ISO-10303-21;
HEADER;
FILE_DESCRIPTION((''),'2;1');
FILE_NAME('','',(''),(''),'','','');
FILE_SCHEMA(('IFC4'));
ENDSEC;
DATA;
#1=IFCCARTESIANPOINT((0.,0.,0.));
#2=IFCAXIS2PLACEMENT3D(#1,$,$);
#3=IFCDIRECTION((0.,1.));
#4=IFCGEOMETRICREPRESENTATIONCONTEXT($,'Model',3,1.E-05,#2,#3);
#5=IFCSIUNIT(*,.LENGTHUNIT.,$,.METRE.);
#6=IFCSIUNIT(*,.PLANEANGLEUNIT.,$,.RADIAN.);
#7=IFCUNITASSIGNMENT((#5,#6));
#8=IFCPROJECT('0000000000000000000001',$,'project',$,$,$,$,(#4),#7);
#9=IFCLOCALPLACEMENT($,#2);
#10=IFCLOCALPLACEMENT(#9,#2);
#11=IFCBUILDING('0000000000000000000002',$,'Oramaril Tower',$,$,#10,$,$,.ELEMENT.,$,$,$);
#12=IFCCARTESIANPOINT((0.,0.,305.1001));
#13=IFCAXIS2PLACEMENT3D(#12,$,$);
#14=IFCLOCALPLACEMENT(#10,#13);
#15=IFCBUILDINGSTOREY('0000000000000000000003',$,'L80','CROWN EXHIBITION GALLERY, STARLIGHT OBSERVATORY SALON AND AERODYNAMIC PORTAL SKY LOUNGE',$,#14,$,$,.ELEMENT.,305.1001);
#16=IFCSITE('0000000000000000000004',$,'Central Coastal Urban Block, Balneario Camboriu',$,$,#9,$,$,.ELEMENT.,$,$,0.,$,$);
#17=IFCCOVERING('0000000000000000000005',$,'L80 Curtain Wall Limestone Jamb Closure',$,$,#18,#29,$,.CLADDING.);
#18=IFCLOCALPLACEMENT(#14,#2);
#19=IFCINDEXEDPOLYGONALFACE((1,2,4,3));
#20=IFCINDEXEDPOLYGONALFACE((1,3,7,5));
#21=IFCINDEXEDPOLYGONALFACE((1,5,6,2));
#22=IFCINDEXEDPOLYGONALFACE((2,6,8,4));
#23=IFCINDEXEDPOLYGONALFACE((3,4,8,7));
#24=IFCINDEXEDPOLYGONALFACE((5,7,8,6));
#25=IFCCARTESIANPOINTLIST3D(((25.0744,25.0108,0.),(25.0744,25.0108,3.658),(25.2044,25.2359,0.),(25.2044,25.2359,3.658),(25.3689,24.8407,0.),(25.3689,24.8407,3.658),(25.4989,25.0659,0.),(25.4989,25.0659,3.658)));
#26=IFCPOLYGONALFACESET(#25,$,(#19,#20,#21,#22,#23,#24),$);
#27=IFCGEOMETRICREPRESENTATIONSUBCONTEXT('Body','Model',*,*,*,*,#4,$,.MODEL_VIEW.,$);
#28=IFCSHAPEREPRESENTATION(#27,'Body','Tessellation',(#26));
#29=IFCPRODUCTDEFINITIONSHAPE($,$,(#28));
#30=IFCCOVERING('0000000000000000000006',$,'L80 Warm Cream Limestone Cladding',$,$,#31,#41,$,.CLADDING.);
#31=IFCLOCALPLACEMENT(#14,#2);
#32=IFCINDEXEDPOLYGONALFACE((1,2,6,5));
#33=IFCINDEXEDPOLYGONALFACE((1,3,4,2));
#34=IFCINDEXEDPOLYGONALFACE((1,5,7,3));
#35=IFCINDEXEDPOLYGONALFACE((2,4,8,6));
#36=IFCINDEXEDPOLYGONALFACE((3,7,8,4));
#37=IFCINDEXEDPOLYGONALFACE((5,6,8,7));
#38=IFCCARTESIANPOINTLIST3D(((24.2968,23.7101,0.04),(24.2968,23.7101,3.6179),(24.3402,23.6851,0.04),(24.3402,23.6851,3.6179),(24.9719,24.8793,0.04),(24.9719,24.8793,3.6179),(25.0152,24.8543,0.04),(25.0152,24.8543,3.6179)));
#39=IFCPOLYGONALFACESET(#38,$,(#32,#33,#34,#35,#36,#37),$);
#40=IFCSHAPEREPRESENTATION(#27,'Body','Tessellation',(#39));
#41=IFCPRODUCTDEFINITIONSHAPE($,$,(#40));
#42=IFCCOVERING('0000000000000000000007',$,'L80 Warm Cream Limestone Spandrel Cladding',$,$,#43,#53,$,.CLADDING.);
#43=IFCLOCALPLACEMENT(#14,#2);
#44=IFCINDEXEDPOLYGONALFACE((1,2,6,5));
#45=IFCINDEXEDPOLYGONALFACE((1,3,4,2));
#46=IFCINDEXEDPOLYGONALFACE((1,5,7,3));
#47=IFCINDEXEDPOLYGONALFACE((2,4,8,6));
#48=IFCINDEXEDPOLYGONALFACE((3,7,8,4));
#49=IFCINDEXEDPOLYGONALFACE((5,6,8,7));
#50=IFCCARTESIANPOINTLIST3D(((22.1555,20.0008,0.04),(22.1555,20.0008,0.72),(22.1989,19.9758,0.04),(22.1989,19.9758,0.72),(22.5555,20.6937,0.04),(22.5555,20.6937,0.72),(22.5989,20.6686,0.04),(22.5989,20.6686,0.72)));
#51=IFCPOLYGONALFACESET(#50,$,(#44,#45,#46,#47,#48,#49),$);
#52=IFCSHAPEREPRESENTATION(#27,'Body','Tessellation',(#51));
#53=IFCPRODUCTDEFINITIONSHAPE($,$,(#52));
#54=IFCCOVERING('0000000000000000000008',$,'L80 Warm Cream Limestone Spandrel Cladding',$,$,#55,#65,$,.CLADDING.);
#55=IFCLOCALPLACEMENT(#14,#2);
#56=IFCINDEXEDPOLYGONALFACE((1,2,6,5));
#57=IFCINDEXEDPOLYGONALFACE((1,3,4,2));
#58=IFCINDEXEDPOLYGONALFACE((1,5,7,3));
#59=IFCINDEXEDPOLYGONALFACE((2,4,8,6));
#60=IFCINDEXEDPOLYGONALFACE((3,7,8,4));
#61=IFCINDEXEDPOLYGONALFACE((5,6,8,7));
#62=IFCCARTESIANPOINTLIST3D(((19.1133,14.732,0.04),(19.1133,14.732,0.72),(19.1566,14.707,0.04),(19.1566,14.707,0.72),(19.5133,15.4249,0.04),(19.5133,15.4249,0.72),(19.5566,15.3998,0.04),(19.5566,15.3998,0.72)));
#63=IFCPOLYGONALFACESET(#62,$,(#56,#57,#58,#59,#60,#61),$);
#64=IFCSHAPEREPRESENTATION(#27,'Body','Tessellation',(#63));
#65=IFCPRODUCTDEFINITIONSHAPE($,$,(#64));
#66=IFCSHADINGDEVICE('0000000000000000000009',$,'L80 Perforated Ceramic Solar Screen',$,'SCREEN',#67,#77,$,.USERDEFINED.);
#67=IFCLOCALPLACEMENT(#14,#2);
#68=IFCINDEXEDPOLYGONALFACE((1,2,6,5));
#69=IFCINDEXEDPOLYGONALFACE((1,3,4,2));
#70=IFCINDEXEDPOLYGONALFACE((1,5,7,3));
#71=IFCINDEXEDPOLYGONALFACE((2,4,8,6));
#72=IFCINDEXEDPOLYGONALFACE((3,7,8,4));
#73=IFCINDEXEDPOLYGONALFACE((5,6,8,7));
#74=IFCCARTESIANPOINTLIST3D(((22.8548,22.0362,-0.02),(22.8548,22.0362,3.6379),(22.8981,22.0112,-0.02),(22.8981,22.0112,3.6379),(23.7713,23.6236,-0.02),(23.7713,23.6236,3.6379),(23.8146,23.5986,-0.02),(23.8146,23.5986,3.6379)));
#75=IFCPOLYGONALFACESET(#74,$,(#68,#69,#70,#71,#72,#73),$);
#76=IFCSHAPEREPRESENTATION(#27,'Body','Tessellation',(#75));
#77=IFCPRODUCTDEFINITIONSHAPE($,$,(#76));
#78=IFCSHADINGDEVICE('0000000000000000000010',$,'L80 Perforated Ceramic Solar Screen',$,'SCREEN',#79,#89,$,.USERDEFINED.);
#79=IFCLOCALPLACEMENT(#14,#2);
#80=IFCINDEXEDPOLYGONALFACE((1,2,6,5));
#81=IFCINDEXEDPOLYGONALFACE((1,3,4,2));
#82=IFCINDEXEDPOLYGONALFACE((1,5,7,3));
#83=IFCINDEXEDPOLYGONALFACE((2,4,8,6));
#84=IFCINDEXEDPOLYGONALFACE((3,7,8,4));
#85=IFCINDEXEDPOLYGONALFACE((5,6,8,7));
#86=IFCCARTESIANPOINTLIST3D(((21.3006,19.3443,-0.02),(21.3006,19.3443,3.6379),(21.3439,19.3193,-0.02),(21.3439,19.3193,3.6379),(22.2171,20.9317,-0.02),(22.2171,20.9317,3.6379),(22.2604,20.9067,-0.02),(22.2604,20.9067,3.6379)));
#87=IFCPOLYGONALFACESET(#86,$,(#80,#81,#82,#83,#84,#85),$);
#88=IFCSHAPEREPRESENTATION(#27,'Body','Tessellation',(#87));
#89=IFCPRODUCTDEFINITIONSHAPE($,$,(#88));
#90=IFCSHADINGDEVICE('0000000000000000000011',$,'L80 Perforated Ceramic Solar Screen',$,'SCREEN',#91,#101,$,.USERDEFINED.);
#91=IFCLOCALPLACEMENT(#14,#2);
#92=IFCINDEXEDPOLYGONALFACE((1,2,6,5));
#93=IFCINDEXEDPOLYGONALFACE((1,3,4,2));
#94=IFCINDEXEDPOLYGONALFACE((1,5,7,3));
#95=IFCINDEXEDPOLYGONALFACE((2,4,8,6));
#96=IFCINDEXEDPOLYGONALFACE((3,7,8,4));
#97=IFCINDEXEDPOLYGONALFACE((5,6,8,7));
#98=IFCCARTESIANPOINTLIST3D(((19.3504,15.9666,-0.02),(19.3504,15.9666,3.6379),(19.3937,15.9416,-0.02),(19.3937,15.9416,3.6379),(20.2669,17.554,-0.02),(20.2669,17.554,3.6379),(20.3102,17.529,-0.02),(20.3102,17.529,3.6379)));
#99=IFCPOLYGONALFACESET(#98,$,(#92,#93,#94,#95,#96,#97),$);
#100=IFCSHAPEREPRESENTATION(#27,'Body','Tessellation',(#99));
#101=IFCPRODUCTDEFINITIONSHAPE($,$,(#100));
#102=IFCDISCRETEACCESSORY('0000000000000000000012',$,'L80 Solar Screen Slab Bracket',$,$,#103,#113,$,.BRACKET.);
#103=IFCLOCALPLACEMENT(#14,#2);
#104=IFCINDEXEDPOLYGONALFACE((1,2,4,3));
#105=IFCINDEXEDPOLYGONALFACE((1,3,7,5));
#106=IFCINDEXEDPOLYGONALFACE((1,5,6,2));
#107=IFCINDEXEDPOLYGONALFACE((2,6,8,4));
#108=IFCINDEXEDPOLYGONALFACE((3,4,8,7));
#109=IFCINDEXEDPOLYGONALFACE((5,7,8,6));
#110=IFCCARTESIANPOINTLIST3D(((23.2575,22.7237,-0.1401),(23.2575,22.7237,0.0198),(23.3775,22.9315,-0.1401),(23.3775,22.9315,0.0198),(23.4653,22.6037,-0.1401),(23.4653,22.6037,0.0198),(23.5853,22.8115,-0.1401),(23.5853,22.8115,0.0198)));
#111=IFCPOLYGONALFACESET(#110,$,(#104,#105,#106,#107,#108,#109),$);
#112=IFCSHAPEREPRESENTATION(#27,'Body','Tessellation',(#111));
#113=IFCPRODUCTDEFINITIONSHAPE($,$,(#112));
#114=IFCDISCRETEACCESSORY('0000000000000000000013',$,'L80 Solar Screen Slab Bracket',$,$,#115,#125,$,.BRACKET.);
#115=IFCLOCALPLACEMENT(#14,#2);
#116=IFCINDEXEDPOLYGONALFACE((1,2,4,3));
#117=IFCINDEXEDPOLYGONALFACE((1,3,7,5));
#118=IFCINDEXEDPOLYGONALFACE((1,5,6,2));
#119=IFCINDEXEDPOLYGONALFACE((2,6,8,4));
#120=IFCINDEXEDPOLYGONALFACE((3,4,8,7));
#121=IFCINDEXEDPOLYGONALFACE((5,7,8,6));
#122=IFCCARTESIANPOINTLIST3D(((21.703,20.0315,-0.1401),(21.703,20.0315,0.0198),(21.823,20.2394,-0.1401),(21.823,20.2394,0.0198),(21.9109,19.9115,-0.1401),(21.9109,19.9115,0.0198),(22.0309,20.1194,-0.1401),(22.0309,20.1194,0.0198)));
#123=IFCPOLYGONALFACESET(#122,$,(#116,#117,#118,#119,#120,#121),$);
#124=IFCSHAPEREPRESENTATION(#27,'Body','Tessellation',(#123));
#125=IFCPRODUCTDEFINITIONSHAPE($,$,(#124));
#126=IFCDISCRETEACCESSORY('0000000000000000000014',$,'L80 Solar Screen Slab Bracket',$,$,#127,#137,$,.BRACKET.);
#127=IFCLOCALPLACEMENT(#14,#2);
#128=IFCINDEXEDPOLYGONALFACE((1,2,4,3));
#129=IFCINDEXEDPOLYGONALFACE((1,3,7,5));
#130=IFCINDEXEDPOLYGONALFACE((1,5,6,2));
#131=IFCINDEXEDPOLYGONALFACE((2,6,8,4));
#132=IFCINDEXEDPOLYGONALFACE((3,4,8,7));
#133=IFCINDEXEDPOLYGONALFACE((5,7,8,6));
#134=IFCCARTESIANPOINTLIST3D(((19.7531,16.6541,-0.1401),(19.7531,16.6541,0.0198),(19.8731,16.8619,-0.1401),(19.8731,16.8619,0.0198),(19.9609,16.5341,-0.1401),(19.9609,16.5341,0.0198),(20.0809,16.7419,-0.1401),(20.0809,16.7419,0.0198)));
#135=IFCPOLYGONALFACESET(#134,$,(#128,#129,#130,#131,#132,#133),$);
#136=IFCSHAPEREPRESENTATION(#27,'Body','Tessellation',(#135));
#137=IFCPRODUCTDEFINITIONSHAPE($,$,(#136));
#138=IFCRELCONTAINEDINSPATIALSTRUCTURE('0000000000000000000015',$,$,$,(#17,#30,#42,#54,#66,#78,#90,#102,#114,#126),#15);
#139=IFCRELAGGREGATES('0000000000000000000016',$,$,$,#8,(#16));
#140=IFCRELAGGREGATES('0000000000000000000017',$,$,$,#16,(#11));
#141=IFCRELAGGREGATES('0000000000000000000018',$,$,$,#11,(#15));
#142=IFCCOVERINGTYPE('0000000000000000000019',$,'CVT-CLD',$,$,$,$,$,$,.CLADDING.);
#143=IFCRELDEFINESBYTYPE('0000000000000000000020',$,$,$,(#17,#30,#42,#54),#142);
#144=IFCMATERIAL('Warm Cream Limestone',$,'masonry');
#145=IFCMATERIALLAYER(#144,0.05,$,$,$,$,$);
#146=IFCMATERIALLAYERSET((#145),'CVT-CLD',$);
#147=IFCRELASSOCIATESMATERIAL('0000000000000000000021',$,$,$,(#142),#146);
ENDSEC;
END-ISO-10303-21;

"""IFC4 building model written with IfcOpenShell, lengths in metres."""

from ifc_helpers import new_model, si_unit, direction, frame, origin, origin_2d, place, context, subcontext, project, spatial, rectangle, extrude, material, layer, layer_set, type_object, element, save


model = new_model("IFC4")

# Units and contexts
model_context = context("Model", 3, precision=1e-05, world=origin(), true_north=direction((0.0, 1.0)))
body_context = subcontext(model_context, "Body", "Model", "MODEL_VIEW")
ifc_project = project(units=[si_unit("LENGTHUNIT", "METRE"), si_unit("PLANEANGLEUNIT", "RADIAN")], contexts=[model_context])

# Site, building, storey
site_placement = place(None, origin())
site = spatial("IfcSite", under=ifc_project, at=site_placement, Name="Central Coastal Urban Block, Balneario Camboriu", CompositionType="ELEMENT", RefElevation=0.0)
building_placement = place(site_placement, origin())
building = spatial("IfcBuilding", under=site, at=building_placement, Name="Oramaril Tower", CompositionType="ELEMENT")
storey_placement = place(building_placement, frame((0.0, 0.0, 305.1001)))
storey = spatial("IfcBuildingStorey", under=building, at=storey_placement, Name="L80", Description="CROWN EXHIBITION GALLERY, STARLIGHT OBSERVATORY SALON AND AERODYNAMIC PORTAL SKY LOUNGE", CompositionType="ELEMENT", Elevation=305.1001)

# Coverings
ifc_material_1 = material(Name="Warm Cream Limestone", Category="masonry")
ifc_layer_1 = layer(ifc_material_1, 0.05)
ifc_layer_set_1 = layer_set([ifc_layer_1], Name="CVT-CLD")
covering_type = type_object("IfcCoveringType", Name="CVT-CLD", PredefinedType="CLADDING", material=ifc_layer_set_1)
covering_1_placement = place(storey_placement, frame((25.2866, 25.0383, 0.0), z_axis=(0.0, 0.0, 1.0), x_axis=(-0.5, -0.866025, 0.0)))
element("IfcCovering", 1, at=covering_1_placement, inside=storey, type_object=covering_type, Name="L80 Curtain Wall Limestone Jamb Closure", PredefinedType="CLADDING", context=body_context, shape_type="SweptSolid", body=[
    extrude(rectangle(XDim=0.26, YDim=0.3401, at=origin_2d()), origin(), (0.0, 0.0, 1.0), 3.658),
])
covering_2_placement = place(storey_placement, frame((24.656, 24.2822, 0.04), z_axis=(0.0, 0.0, 1.0), x_axis=(-0.5, -0.866025, 0.0)))
element("IfcCovering", 2, at=covering_2_placement, inside=storey, type_object=covering_type, Name="L80 Warm Cream Limestone Cladding", PredefinedType="CLADDING", context=body_context, shape_type="SweptSolid", body=[
    extrude(rectangle(XDim=1.3501, YDim=0.05, at=origin_2d()), origin(), (0.0, 0.0, 1.0), 3.5779),
])
for number, where, z_axis, x_axis, name in (
    (3, (22.3772, 20.3347, 0.04), (0.0, 0.0, 1.0), (-0.5, -0.866025, 0.0), "L80 Warm Cream Limestone Spandrel Cladding"),
    (4, (19.335, 15.0659, 0.04), (0.0, 0.0, 1.0), (-0.5, -0.866025, 0.0), "L80 Warm Cream Limestone Spandrel Cladding"),
):
    element("IfcCovering", number, at=place(storey_placement, frame(where, z_axis=z_axis, x_axis=x_axis)), inside=storey, type_object=covering_type, Name=name, PredefinedType="CLADDING", context=body_context, shape_type="SweptSolid", body=[
        extrude(rectangle(XDim=0.8, YDim=0.05, at=origin_2d()), origin(), (0.0, 0.0, 1.0), 0.6799),
    ])

# Shading devices
for number, where, z_axis, x_axis, name in (
    (5, (23.3347, 22.8174, -0.02), (0.0, 0.0, 1.0), (-0.500002, -0.866025, 0.0), "L80 Perforated Ceramic Solar Screen"),
    (6, (21.7805, 20.1255, -0.02), (0.0, 0.0, 1.0), (-0.500002, -0.866025, 0.0), "L80 Perforated Ceramic Solar Screen"),
    (7, (19.8303, 16.7478, -0.02), (0.0, 0.0, 1.0), (-0.500002, -0.866025, 0.0), "L80 Perforated Ceramic Solar Screen"),
):
    element("IfcShadingDevice", number, at=place(storey_placement, frame(where, z_axis=z_axis, x_axis=x_axis)), inside=storey, Name=name, ObjectType="SCREEN", PredefinedType="USERDEFINED", context=body_context, shape_type="SweptSolid", body=[
        extrude(rectangle(XDim=1.833, YDim=0.05, at=origin_2d()), origin(), (0.0, 0.0, 1.0), 3.658),
    ])

# Discrete accessories
for number, where, z_axis, x_axis, name in (
    (8, (23.4214, 22.7676, -0.1401), (0.0, 0.0, 1.0), (-0.500002, -0.866025, 0.0), "L80 Solar Screen Slab Bracket"),
    (9, (21.8669, 20.0754, -0.1401), (0.0, 0.0, 1.0), (-0.500002, -0.866025, 0.0), "L80 Solar Screen Slab Bracket"),
    (10, (19.917, 16.698, -0.1401), (0.0, 0.0, 1.0), (-0.500002, -0.866025, 0.0), "L80 Solar Screen Slab Bracket"),
):
    element("IfcDiscreteAccessory", number, at=place(storey_placement, frame(where, z_axis=z_axis, x_axis=x_axis)), inside=storey, Name=name, PredefinedType="BRACKET", context=body_context, shape_type="SweptSolid", body=[
        extrude(rectangle(XDim=0.24, YDim=0.24, at=origin_2d()), origin(), (0.0, 0.0, 1.0), 0.1599),
    ])

save(model, "model.ifc")
